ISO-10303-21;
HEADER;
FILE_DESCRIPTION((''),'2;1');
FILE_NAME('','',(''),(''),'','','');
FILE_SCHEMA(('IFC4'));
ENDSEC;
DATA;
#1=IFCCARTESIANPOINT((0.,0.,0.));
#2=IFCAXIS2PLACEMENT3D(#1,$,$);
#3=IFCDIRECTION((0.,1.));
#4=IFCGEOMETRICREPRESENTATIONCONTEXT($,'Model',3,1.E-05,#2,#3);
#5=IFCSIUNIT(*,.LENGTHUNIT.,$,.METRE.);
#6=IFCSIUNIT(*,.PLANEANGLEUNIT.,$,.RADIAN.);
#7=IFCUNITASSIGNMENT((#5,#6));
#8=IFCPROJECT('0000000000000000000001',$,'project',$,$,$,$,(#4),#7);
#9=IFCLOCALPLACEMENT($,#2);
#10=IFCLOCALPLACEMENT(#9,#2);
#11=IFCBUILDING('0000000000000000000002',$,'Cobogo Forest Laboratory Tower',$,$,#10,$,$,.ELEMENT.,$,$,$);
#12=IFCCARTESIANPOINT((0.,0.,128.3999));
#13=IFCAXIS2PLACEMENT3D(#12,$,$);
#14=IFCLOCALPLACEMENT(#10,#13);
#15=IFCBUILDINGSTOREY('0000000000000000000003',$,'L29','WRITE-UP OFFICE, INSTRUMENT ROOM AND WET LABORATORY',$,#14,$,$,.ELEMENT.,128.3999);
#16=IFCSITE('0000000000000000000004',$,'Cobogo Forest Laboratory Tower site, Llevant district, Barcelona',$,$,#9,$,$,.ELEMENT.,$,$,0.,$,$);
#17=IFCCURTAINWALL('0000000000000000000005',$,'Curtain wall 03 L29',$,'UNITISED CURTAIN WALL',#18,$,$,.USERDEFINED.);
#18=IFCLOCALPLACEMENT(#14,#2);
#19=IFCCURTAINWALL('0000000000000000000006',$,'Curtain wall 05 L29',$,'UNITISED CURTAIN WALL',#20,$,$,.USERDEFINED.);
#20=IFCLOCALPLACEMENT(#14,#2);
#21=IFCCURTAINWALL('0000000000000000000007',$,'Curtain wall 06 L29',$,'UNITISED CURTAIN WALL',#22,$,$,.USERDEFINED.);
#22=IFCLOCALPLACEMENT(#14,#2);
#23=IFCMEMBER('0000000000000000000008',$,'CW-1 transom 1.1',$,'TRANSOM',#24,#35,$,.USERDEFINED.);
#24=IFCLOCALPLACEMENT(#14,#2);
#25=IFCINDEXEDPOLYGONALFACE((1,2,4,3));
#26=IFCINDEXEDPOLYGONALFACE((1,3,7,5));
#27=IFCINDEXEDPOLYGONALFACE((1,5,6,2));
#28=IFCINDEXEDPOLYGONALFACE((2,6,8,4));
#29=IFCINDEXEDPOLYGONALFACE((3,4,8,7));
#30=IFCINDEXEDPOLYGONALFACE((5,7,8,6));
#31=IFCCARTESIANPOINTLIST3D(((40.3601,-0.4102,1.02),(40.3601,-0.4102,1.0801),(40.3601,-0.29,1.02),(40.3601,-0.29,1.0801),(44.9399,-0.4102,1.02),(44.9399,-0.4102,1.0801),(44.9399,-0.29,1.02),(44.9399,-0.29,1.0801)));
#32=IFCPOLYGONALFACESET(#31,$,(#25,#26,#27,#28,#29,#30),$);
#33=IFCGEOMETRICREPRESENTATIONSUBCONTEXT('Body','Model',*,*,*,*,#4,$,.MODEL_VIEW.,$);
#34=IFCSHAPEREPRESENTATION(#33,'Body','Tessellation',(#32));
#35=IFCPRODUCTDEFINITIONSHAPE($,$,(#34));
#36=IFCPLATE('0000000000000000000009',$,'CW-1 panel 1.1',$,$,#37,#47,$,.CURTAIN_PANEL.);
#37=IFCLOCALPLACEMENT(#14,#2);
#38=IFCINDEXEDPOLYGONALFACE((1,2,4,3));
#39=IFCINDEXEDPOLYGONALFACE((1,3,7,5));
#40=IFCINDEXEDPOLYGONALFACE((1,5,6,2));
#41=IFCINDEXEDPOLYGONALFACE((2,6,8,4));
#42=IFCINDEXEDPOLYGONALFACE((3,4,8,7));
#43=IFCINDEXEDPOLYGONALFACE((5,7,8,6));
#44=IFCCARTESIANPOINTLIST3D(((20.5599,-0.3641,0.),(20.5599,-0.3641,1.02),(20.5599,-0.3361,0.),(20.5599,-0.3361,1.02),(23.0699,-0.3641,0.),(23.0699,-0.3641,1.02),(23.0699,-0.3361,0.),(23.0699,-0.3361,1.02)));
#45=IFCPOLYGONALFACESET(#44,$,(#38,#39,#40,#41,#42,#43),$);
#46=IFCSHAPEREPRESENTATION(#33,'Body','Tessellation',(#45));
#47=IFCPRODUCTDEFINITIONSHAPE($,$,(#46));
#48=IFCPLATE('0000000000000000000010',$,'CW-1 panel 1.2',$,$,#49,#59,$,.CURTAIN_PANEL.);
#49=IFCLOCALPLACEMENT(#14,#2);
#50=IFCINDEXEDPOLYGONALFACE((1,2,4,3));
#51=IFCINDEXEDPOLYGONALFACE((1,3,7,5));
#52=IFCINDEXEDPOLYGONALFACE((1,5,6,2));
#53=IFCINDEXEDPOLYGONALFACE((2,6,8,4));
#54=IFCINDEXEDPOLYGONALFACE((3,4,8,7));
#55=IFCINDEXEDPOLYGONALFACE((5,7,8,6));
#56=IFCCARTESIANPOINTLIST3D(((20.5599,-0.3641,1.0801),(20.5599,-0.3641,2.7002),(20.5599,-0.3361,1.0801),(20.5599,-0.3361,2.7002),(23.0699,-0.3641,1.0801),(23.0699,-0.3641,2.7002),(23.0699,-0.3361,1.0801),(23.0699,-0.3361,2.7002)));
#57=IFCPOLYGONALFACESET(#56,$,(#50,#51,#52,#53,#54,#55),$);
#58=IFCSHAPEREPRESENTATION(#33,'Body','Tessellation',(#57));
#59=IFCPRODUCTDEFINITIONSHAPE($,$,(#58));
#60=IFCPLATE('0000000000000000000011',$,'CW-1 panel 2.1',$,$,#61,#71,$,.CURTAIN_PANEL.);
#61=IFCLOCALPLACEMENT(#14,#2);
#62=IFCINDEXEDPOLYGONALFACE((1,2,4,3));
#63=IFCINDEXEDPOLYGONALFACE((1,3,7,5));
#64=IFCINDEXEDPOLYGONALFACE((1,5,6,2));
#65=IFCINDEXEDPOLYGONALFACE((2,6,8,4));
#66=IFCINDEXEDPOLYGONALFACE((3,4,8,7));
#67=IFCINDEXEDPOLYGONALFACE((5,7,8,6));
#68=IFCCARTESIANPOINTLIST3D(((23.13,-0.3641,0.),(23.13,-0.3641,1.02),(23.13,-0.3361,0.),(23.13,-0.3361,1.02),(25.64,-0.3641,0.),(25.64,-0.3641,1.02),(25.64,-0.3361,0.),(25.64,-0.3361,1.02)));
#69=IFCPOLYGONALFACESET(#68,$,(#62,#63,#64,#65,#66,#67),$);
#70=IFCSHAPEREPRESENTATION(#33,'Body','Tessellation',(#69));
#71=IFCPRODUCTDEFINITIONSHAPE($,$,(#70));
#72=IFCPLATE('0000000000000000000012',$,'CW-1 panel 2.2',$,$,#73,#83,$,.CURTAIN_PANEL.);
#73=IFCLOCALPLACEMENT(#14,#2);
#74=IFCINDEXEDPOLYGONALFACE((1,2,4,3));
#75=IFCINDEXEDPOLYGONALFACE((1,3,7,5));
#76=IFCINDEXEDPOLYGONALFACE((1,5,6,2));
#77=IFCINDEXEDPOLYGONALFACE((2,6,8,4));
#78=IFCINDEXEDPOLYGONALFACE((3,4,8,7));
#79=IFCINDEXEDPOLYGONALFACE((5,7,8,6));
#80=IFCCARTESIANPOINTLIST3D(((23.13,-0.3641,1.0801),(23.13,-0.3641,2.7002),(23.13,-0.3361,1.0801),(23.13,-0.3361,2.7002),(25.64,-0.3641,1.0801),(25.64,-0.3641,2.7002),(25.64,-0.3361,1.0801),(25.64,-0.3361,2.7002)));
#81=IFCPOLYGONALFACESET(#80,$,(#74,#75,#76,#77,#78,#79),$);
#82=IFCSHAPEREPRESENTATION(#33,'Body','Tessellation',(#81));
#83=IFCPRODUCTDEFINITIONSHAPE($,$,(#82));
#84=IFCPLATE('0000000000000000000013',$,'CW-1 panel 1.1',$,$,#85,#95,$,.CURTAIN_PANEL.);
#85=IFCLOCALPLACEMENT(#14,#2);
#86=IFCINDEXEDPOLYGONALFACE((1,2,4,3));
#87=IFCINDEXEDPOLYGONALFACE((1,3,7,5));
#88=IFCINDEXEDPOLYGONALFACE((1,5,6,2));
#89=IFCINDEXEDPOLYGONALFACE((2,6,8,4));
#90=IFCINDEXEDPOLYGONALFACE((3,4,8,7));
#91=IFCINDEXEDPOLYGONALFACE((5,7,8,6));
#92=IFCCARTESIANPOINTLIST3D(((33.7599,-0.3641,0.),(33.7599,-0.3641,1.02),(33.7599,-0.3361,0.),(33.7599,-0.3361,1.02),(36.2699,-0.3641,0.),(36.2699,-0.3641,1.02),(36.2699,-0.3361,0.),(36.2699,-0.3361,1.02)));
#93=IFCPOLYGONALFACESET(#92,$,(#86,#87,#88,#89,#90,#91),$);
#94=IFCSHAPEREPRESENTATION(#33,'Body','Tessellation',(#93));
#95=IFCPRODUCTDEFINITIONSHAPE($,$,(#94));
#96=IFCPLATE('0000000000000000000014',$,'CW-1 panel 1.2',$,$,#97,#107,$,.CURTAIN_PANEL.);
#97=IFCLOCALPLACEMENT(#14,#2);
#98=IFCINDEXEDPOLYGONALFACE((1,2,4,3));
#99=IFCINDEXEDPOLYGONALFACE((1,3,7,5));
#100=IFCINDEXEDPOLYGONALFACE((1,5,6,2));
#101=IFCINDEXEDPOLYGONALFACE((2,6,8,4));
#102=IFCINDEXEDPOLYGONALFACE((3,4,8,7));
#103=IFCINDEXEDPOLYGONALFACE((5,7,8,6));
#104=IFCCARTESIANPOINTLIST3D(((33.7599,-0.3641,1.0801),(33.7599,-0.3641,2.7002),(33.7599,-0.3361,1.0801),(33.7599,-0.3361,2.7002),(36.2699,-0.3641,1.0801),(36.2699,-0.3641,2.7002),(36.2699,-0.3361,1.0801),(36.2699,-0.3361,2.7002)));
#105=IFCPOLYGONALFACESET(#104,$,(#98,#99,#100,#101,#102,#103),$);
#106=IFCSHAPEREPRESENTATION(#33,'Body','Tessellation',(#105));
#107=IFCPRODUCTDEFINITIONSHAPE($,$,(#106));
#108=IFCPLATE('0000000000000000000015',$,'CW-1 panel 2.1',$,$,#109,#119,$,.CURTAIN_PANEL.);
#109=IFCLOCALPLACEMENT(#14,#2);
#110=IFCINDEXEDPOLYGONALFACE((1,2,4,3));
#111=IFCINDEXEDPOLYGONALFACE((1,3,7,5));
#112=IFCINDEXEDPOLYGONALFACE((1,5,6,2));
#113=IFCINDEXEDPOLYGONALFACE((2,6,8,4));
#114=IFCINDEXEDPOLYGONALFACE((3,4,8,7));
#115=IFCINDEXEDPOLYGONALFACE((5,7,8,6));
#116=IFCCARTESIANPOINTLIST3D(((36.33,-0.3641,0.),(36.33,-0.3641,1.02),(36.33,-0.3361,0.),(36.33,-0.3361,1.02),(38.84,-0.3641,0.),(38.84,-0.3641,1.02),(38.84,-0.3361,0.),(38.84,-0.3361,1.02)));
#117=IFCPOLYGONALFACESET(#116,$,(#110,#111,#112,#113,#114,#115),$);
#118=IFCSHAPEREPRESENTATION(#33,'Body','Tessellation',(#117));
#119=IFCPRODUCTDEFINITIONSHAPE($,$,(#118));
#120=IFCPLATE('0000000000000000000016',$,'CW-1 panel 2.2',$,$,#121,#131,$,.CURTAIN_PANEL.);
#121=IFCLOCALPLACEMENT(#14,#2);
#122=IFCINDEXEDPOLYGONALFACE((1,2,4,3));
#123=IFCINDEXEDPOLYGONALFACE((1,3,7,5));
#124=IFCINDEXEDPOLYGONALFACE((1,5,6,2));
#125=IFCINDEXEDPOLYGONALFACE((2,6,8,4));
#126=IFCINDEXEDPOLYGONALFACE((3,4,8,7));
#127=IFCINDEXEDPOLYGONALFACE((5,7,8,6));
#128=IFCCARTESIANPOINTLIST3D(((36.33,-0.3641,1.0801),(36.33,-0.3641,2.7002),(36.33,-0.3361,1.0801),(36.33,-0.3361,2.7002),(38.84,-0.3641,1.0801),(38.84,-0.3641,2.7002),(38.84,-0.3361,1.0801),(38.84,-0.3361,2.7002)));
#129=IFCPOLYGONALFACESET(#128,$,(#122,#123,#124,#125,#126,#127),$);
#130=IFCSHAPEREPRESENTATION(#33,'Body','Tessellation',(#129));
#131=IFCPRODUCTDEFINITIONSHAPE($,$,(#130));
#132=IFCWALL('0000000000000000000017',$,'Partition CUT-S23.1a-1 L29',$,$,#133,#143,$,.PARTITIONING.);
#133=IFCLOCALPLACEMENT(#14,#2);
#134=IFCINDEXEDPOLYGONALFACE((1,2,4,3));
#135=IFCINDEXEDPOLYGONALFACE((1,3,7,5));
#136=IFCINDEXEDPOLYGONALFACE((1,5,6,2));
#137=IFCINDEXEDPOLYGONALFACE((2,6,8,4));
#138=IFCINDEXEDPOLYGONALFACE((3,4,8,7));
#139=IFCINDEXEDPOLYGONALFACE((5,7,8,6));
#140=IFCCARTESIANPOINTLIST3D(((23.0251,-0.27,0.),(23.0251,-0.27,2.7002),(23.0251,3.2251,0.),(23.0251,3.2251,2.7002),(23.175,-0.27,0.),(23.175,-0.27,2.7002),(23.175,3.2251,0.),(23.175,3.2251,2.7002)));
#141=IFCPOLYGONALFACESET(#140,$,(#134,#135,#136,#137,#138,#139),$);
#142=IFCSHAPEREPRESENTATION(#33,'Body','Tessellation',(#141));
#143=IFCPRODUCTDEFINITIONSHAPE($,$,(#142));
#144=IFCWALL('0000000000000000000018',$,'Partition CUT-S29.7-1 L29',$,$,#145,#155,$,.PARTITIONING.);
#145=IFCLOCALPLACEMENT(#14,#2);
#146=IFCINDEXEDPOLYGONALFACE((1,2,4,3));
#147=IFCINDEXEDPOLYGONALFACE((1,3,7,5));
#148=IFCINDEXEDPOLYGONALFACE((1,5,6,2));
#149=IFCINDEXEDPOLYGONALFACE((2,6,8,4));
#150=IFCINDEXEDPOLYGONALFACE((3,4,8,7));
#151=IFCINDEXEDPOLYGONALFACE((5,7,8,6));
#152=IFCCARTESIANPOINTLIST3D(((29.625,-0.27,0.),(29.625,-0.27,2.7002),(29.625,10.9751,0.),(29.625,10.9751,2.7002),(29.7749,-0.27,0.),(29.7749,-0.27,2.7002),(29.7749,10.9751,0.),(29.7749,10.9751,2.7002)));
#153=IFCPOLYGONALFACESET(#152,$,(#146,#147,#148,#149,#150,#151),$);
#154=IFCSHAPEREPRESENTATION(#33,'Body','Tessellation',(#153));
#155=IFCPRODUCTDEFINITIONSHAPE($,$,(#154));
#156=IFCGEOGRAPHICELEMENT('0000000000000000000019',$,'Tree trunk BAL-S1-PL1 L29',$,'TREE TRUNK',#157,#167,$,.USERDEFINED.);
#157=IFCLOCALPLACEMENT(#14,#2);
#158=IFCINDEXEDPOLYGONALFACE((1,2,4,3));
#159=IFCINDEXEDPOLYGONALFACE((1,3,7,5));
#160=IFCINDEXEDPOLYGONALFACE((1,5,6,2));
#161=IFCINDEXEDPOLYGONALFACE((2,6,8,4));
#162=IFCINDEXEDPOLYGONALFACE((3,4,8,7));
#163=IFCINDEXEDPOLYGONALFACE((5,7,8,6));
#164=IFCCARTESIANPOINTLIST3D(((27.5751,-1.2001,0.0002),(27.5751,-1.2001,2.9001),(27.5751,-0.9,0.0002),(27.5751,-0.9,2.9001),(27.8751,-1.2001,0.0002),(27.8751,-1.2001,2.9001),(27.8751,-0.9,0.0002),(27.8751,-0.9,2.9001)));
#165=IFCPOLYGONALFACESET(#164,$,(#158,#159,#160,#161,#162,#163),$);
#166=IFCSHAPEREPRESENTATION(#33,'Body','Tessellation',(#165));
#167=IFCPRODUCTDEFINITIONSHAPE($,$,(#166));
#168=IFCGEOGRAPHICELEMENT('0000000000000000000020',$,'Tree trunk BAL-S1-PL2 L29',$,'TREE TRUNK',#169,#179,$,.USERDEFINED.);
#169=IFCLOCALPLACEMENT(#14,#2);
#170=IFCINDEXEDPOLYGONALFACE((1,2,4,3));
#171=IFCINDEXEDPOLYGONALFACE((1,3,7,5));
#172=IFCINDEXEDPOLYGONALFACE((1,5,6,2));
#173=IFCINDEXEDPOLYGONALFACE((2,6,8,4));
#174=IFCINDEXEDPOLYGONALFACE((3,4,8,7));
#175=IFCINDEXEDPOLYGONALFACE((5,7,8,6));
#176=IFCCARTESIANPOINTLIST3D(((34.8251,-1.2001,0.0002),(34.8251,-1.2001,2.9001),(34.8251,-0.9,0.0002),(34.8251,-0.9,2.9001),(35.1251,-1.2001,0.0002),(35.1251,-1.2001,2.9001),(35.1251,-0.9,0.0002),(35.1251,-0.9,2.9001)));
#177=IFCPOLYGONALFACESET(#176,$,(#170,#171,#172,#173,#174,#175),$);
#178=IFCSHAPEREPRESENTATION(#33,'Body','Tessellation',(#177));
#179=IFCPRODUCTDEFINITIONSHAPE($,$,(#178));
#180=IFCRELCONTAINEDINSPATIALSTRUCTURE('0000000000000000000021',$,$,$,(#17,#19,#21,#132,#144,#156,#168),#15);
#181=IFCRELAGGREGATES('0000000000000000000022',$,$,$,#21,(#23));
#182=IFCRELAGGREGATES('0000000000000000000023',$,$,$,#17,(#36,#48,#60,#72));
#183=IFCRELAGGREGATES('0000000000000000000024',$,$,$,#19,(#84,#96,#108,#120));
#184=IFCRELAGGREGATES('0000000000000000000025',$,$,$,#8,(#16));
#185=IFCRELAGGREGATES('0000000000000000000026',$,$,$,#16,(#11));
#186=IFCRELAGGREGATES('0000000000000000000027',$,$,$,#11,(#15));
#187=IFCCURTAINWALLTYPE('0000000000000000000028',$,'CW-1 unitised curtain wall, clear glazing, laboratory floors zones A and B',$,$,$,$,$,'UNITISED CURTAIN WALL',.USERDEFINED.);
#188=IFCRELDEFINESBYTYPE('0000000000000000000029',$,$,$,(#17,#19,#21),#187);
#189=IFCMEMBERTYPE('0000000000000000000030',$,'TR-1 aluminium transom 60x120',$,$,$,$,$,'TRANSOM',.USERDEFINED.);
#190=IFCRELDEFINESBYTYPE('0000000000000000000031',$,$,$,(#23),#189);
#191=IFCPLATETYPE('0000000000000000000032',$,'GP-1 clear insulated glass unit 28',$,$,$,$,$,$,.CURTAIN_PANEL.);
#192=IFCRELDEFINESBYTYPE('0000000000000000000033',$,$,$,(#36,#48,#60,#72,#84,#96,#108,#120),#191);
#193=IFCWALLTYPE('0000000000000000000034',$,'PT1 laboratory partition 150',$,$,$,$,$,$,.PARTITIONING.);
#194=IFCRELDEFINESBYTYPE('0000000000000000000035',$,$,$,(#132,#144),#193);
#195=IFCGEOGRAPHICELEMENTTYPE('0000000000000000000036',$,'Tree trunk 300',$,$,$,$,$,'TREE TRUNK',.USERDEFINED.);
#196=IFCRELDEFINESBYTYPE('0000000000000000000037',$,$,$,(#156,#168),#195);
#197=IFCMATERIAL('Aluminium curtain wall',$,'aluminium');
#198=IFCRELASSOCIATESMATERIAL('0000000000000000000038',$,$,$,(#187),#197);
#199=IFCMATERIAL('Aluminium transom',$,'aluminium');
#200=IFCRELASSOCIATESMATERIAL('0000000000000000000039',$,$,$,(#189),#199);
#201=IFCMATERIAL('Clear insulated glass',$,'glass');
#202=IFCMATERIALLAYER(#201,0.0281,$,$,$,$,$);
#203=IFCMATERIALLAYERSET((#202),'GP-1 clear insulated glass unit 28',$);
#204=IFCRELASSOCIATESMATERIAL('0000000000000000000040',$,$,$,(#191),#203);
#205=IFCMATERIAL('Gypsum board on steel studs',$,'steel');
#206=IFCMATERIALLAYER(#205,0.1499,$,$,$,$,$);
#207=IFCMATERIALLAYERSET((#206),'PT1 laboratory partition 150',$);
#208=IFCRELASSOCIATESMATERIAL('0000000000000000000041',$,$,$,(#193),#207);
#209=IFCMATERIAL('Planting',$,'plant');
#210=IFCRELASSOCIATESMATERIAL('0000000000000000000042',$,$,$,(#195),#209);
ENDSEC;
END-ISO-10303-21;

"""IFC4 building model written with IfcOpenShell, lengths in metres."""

from ifc_helpers import new_model, si_unit, direction, frame, frame_2d, origin, origin_2d, place, context, subcontext, project, spatial, rectangle, extrude, material, layer, layer_set, material_profile, profile_set, type_object, element, aggregate, save


model = new_model("IFC4")

# Units and contexts
model_context = context("Model", 3, precision=1e-05, world=origin(), true_north=direction((0.0, 1.0)))
body_context = subcontext(model_context, "Body", "Model", "MODEL_VIEW")
ifc_project = project(units=[si_unit("LENGTHUNIT", "METRE"), si_unit("PLANEANGLEUNIT", "RADIAN")], contexts=[model_context])

# Site, building, storey
site_placement = place(None, origin())
site = spatial("IfcSite", under=ifc_project, at=site_placement, Name="Cobogo Forest Laboratory Tower site, Llevant district, Barcelona", CompositionType="ELEMENT", RefElevation=0.0)
building_placement = place(site_placement, origin())
building = spatial("IfcBuilding", under=site, at=building_placement, Name="Cobogo Forest Laboratory Tower", CompositionType="ELEMENT")
storey_placement = place(building_placement, frame((0.0, 0.0, 128.3999)))
storey = spatial("IfcBuildingStorey", under=building, at=storey_placement, Name="L29", Description="WRITE-UP OFFICE, INSTRUMENT ROOM AND WET LABORATORY", CompositionType="ELEMENT", Elevation=128.3999)

# Curtain walls
ifc_material_1 = material(Name="Aluminium curtain wall", Category="aluminium")
curtain_wall_type = type_object("IfcCurtainWallType", Name="CW-1 unitised curtain wall, clear glazing, laboratory floors zones A and B", ElementType="UNITISED CURTAIN WALL", PredefinedType="USERDEFINED", material=ifc_material_1)
curtain_wall_1_placement = place(storey_placement, origin())
curtain_wall_1 = element("IfcCurtainWall", 1, at=curtain_wall_1_placement, inside=storey, type_object=curtain_wall_type, Name="Curtain wall 03 L29", ObjectType="UNITISED CURTAIN WALL", PredefinedType="USERDEFINED")
curtain_wall_2_placement = place(storey_placement, origin())
curtain_wall_2 = element("IfcCurtainWall", 2, at=curtain_wall_2_placement, inside=storey, type_object=curtain_wall_type, Name="Curtain wall 05 L29", ObjectType="UNITISED CURTAIN WALL", PredefinedType="USERDEFINED")

# Curtain wall
curtain_wall_3_placement = place(storey_placement, origin())
curtain_wall_3 = element("IfcCurtainWall", 3, at=curtain_wall_3_placement, inside=storey, type_object=curtain_wall_type, Name="Curtain wall 06 L29", ObjectType="UNITISED CURTAIN WALL", PredefinedType="USERDEFINED")

# Member
ifc_material_2 = material(Name="Aluminium transom", Category="aluminium")
ifc_material_profile_1 = material_profile(ifc_material_2, rectangle(XDim=0.1201, YDim=0.0601, at=origin_2d()), Name="AL 60x120")
ifc_profile_set_1 = profile_set([ifc_material_profile_1], Name="Aluminium transom")
member_type_1 = type_object("IfcMemberType", Name="TR-1 aluminium transom 60x120", ElementType="TRANSOM", PredefinedType="USERDEFINED", material=ifc_profile_set_1)
member_1_placement = place(storey_placement, frame((40.3601, -0.3501, 1.05), z_axis=(1.0, 0.0, 0.0), x_axis=(0.0, 1.0, 0.0)))
member_1 = element("IfcMember", 4, at=member_1_placement, type_object=member_type_1, Name="CW-1 transom 1.1", ObjectType="TRANSOM", PredefinedType="USERDEFINED", context=body_context, shape_type="SweptSolid", body=[
    extrude(rectangle(XDim=0.1201, YDim=0.0601, at=origin_2d()), origin(), (0.0, 0.0, 1.0), 4.5798),
])
aggregate(curtain_wall_3, [member_1])

# Plates
ifc_material_3 = material(Name="Clear insulated glass", Category="glass")
ifc_layer_1 = layer(ifc_material_3, 0.0281)
ifc_layer_set_1 = layer_set([ifc_layer_1], Name="GP-1 clear insulated glass unit 28")
plate_type_1 = type_object("IfcPlateType", Name="GP-1 clear insulated glass unit 28", PredefinedType="CURTAIN_PANEL", material=ifc_layer_set_1)
plate_1_placement = place(storey_placement, frame((21.8149, -0.3501, 0.0), z_axis=(0.0, 0.0, 1.0), x_axis=(1.0, 0.0, 0.0)))
plate_1 = element("IfcPlate", 5, at=plate_1_placement, type_object=plate_type_1, Name="CW-1 panel 1.1", PredefinedType="CURTAIN_PANEL", context=body_context, shape_type="SweptSolid", body=[
    extrude(rectangle(XDim=2.51, YDim=0.0281, at=origin_2d()), origin(), (0.0, 0.0, 1.0), 1.02),
])
plate_2_placement = place(storey_placement, frame((21.8149, -0.3501, 1.0801), z_axis=(0.0, 0.0, 1.0), x_axis=(1.0, 0.0, 0.0)))
plate_2 = element("IfcPlate", 6, at=plate_2_placement, type_object=plate_type_1, Name="CW-1 panel 1.2", PredefinedType="CURTAIN_PANEL", context=body_context, shape_type="SweptSolid", body=[
    extrude(rectangle(XDim=2.51, YDim=0.0281, at=origin_2d()), origin(), (0.0, 0.0, 1.0), 1.6201),
])
plate_3_placement = place(storey_placement, frame((24.385, -0.3501, 0.0), z_axis=(0.0, 0.0, 1.0), x_axis=(1.0, 0.0, 0.0)))
plate_3 = element("IfcPlate", 7, at=plate_3_placement, type_object=plate_type_1, Name="CW-1 panel 2.1", PredefinedType="CURTAIN_PANEL", context=body_context, shape_type="SweptSolid", body=[
    extrude(rectangle(XDim=2.51, YDim=0.0281, at=origin_2d()), origin(), (0.0, 0.0, 1.0), 1.02),
])
plate_4_placement = place(storey_placement, frame((24.385, -0.3501, 1.0801), z_axis=(0.0, 0.0, 1.0), x_axis=(1.0, 0.0, 0.0)))
plate_4 = element("IfcPlate", 8, at=plate_4_placement, type_object=plate_type_1, Name="CW-1 panel 2.2", PredefinedType="CURTAIN_PANEL", context=body_context, shape_type="SweptSolid", body=[
    extrude(rectangle(XDim=2.51, YDim=0.0281, at=origin_2d()), origin(), (0.0, 0.0, 1.0), 1.6201),
])
aggregate(curtain_wall_1, [plate_1, plate_2, plate_3, plate_4])
plate_5_placement = place(storey_placement, frame((35.0149, -0.3501, 0.0), z_axis=(0.0, 0.0, 1.0), x_axis=(1.0, 0.0, 0.0)))
plate_5 = element("IfcPlate", 9, at=plate_5_placement, type_object=plate_type_1, Name="CW-1 panel 1.1", PredefinedType="CURTAIN_PANEL", context=body_context, shape_type="SweptSolid", body=[
    extrude(rectangle(XDim=2.51, YDim=0.0281, at=origin_2d()), origin(), (0.0, 0.0, 1.0), 1.02),
])
plate_6_placement = place(storey_placement, frame((35.0149, -0.3501, 1.0801), z_axis=(0.0, 0.0, 1.0), x_axis=(1.0, 0.0, 0.0)))
plate_6 = element("IfcPlate", 10, at=plate_6_placement, type_object=plate_type_1, Name="CW-1 panel 1.2", PredefinedType="CURTAIN_PANEL", context=body_context, shape_type="SweptSolid", body=[
    extrude(rectangle(XDim=2.51, YDim=0.0281, at=origin_2d()), origin(), (0.0, 0.0, 1.0), 1.6201),
])
plate_7_placement = place(storey_placement, frame((37.585, -0.3501, 0.0), z_axis=(0.0, 0.0, 1.0), x_axis=(1.0, 0.0, 0.0)))
plate_7 = element("IfcPlate", 11, at=plate_7_placement, type_object=plate_type_1, Name="CW-1 panel 2.1", PredefinedType="CURTAIN_PANEL", context=body_context, shape_type="SweptSolid", body=[
    extrude(rectangle(XDim=2.51, YDim=0.0281, at=origin_2d()), origin(), (0.0, 0.0, 1.0), 1.02),
])
plate_8_placement = place(storey_placement, frame((37.585, -0.3501, 1.0801), z_axis=(0.0, 0.0, 1.0), x_axis=(1.0, 0.0, 0.0)))
plate_8 = element("IfcPlate", 12, at=plate_8_placement, type_object=plate_type_1, Name="CW-1 panel 2.2", PredefinedType="CURTAIN_PANEL", context=body_context, shape_type="SweptSolid", body=[
    extrude(rectangle(XDim=2.51, YDim=0.0281, at=origin_2d()), origin(), (0.0, 0.0, 1.0), 1.6201),
])
aggregate(curtain_wall_2, [plate_5, plate_6, plate_7, plate_8])

# Walls
ifc_material_4 = material(Name="Gypsum board on steel studs", Category="steel")
ifc_layer_2 = layer(ifc_material_4, 0.1499)
ifc_layer_set_2 = layer_set([ifc_layer_2], Name="PT1 laboratory partition 150")
wall_type_1 = type_object("IfcWallType", Name="PT1 laboratory partition 150", PredefinedType="PARTITIONING", material=ifc_layer_set_2)
wall_1_placement = place(storey_placement, frame((23.1001, -0.27, 0.0), z_axis=(0.0, 0.0, 1.0), x_axis=(0.0, 1.0, 0.0)))
element("IfcWall", 13, at=wall_1_placement, inside=storey, type_object=wall_type_1, Name="Partition CUT-S23.1a-1 L29", PredefinedType="PARTITIONING", context=body_context, shape_type="SweptSolid", body=[
    extrude(rectangle(XDim=3.4951, YDim=0.1499, at=frame_2d((1.7476, 0.0))), origin(), (0.0, 0.0, 1.0), 2.7002),
])
wall_2_placement = place(storey_placement, frame((29.7, -0.27, 0.0), z_axis=(0.0, 0.0, 1.0), x_axis=(0.0, 1.0, 0.0)))
element("IfcWall", 14, at=wall_2_placement, inside=storey, type_object=wall_type_1, Name="Partition CUT-S29.7-1 L29", PredefinedType="PARTITIONING", context=body_context, shape_type="SweptSolid", body=[
    extrude(rectangle(XDim=11.2451, YDim=0.1499, at=frame_2d((5.6226, 0.0))), origin(), (0.0, 0.0, 1.0), 2.7002),
])

# Geographic elements
ifc_material_5 = material(Name="Planting", Category="plant")
geographic_element_type = type_object("IfcGeographicElementType", Name="Tree trunk 300", ElementType="TREE TRUNK", PredefinedType="USERDEFINED", material=ifc_material_5)
for number, where, z_axis, x_axis, name in (
    (15, (27.7251, -1.05, 0.0002), (0.0, 0.0, 1.0), (1.0, 0.0, 0.0), "Tree trunk BAL-S1-PL1 L29"),
    (16, (34.9751, -1.05, 0.0002), (0.0, 0.0, 1.0), (1.0, 0.0, 0.0), "Tree trunk BAL-S1-PL2 L29"),
):
    element("IfcGeographicElement", number, at=place(storey_placement, frame(where, z_axis=z_axis, x_axis=x_axis)), inside=storey, type_object=geographic_element_type, Name=name, ObjectType="TREE TRUNK", PredefinedType="USERDEFINED", context=body_context, shape_type="SweptSolid", body=[
        extrude(rectangle(XDim=0.3, YDim=0.3, at=origin_2d()), origin(), (0.0, 0.0, 1.0), 2.8999),
    ])

save(model, "model.ifc")
